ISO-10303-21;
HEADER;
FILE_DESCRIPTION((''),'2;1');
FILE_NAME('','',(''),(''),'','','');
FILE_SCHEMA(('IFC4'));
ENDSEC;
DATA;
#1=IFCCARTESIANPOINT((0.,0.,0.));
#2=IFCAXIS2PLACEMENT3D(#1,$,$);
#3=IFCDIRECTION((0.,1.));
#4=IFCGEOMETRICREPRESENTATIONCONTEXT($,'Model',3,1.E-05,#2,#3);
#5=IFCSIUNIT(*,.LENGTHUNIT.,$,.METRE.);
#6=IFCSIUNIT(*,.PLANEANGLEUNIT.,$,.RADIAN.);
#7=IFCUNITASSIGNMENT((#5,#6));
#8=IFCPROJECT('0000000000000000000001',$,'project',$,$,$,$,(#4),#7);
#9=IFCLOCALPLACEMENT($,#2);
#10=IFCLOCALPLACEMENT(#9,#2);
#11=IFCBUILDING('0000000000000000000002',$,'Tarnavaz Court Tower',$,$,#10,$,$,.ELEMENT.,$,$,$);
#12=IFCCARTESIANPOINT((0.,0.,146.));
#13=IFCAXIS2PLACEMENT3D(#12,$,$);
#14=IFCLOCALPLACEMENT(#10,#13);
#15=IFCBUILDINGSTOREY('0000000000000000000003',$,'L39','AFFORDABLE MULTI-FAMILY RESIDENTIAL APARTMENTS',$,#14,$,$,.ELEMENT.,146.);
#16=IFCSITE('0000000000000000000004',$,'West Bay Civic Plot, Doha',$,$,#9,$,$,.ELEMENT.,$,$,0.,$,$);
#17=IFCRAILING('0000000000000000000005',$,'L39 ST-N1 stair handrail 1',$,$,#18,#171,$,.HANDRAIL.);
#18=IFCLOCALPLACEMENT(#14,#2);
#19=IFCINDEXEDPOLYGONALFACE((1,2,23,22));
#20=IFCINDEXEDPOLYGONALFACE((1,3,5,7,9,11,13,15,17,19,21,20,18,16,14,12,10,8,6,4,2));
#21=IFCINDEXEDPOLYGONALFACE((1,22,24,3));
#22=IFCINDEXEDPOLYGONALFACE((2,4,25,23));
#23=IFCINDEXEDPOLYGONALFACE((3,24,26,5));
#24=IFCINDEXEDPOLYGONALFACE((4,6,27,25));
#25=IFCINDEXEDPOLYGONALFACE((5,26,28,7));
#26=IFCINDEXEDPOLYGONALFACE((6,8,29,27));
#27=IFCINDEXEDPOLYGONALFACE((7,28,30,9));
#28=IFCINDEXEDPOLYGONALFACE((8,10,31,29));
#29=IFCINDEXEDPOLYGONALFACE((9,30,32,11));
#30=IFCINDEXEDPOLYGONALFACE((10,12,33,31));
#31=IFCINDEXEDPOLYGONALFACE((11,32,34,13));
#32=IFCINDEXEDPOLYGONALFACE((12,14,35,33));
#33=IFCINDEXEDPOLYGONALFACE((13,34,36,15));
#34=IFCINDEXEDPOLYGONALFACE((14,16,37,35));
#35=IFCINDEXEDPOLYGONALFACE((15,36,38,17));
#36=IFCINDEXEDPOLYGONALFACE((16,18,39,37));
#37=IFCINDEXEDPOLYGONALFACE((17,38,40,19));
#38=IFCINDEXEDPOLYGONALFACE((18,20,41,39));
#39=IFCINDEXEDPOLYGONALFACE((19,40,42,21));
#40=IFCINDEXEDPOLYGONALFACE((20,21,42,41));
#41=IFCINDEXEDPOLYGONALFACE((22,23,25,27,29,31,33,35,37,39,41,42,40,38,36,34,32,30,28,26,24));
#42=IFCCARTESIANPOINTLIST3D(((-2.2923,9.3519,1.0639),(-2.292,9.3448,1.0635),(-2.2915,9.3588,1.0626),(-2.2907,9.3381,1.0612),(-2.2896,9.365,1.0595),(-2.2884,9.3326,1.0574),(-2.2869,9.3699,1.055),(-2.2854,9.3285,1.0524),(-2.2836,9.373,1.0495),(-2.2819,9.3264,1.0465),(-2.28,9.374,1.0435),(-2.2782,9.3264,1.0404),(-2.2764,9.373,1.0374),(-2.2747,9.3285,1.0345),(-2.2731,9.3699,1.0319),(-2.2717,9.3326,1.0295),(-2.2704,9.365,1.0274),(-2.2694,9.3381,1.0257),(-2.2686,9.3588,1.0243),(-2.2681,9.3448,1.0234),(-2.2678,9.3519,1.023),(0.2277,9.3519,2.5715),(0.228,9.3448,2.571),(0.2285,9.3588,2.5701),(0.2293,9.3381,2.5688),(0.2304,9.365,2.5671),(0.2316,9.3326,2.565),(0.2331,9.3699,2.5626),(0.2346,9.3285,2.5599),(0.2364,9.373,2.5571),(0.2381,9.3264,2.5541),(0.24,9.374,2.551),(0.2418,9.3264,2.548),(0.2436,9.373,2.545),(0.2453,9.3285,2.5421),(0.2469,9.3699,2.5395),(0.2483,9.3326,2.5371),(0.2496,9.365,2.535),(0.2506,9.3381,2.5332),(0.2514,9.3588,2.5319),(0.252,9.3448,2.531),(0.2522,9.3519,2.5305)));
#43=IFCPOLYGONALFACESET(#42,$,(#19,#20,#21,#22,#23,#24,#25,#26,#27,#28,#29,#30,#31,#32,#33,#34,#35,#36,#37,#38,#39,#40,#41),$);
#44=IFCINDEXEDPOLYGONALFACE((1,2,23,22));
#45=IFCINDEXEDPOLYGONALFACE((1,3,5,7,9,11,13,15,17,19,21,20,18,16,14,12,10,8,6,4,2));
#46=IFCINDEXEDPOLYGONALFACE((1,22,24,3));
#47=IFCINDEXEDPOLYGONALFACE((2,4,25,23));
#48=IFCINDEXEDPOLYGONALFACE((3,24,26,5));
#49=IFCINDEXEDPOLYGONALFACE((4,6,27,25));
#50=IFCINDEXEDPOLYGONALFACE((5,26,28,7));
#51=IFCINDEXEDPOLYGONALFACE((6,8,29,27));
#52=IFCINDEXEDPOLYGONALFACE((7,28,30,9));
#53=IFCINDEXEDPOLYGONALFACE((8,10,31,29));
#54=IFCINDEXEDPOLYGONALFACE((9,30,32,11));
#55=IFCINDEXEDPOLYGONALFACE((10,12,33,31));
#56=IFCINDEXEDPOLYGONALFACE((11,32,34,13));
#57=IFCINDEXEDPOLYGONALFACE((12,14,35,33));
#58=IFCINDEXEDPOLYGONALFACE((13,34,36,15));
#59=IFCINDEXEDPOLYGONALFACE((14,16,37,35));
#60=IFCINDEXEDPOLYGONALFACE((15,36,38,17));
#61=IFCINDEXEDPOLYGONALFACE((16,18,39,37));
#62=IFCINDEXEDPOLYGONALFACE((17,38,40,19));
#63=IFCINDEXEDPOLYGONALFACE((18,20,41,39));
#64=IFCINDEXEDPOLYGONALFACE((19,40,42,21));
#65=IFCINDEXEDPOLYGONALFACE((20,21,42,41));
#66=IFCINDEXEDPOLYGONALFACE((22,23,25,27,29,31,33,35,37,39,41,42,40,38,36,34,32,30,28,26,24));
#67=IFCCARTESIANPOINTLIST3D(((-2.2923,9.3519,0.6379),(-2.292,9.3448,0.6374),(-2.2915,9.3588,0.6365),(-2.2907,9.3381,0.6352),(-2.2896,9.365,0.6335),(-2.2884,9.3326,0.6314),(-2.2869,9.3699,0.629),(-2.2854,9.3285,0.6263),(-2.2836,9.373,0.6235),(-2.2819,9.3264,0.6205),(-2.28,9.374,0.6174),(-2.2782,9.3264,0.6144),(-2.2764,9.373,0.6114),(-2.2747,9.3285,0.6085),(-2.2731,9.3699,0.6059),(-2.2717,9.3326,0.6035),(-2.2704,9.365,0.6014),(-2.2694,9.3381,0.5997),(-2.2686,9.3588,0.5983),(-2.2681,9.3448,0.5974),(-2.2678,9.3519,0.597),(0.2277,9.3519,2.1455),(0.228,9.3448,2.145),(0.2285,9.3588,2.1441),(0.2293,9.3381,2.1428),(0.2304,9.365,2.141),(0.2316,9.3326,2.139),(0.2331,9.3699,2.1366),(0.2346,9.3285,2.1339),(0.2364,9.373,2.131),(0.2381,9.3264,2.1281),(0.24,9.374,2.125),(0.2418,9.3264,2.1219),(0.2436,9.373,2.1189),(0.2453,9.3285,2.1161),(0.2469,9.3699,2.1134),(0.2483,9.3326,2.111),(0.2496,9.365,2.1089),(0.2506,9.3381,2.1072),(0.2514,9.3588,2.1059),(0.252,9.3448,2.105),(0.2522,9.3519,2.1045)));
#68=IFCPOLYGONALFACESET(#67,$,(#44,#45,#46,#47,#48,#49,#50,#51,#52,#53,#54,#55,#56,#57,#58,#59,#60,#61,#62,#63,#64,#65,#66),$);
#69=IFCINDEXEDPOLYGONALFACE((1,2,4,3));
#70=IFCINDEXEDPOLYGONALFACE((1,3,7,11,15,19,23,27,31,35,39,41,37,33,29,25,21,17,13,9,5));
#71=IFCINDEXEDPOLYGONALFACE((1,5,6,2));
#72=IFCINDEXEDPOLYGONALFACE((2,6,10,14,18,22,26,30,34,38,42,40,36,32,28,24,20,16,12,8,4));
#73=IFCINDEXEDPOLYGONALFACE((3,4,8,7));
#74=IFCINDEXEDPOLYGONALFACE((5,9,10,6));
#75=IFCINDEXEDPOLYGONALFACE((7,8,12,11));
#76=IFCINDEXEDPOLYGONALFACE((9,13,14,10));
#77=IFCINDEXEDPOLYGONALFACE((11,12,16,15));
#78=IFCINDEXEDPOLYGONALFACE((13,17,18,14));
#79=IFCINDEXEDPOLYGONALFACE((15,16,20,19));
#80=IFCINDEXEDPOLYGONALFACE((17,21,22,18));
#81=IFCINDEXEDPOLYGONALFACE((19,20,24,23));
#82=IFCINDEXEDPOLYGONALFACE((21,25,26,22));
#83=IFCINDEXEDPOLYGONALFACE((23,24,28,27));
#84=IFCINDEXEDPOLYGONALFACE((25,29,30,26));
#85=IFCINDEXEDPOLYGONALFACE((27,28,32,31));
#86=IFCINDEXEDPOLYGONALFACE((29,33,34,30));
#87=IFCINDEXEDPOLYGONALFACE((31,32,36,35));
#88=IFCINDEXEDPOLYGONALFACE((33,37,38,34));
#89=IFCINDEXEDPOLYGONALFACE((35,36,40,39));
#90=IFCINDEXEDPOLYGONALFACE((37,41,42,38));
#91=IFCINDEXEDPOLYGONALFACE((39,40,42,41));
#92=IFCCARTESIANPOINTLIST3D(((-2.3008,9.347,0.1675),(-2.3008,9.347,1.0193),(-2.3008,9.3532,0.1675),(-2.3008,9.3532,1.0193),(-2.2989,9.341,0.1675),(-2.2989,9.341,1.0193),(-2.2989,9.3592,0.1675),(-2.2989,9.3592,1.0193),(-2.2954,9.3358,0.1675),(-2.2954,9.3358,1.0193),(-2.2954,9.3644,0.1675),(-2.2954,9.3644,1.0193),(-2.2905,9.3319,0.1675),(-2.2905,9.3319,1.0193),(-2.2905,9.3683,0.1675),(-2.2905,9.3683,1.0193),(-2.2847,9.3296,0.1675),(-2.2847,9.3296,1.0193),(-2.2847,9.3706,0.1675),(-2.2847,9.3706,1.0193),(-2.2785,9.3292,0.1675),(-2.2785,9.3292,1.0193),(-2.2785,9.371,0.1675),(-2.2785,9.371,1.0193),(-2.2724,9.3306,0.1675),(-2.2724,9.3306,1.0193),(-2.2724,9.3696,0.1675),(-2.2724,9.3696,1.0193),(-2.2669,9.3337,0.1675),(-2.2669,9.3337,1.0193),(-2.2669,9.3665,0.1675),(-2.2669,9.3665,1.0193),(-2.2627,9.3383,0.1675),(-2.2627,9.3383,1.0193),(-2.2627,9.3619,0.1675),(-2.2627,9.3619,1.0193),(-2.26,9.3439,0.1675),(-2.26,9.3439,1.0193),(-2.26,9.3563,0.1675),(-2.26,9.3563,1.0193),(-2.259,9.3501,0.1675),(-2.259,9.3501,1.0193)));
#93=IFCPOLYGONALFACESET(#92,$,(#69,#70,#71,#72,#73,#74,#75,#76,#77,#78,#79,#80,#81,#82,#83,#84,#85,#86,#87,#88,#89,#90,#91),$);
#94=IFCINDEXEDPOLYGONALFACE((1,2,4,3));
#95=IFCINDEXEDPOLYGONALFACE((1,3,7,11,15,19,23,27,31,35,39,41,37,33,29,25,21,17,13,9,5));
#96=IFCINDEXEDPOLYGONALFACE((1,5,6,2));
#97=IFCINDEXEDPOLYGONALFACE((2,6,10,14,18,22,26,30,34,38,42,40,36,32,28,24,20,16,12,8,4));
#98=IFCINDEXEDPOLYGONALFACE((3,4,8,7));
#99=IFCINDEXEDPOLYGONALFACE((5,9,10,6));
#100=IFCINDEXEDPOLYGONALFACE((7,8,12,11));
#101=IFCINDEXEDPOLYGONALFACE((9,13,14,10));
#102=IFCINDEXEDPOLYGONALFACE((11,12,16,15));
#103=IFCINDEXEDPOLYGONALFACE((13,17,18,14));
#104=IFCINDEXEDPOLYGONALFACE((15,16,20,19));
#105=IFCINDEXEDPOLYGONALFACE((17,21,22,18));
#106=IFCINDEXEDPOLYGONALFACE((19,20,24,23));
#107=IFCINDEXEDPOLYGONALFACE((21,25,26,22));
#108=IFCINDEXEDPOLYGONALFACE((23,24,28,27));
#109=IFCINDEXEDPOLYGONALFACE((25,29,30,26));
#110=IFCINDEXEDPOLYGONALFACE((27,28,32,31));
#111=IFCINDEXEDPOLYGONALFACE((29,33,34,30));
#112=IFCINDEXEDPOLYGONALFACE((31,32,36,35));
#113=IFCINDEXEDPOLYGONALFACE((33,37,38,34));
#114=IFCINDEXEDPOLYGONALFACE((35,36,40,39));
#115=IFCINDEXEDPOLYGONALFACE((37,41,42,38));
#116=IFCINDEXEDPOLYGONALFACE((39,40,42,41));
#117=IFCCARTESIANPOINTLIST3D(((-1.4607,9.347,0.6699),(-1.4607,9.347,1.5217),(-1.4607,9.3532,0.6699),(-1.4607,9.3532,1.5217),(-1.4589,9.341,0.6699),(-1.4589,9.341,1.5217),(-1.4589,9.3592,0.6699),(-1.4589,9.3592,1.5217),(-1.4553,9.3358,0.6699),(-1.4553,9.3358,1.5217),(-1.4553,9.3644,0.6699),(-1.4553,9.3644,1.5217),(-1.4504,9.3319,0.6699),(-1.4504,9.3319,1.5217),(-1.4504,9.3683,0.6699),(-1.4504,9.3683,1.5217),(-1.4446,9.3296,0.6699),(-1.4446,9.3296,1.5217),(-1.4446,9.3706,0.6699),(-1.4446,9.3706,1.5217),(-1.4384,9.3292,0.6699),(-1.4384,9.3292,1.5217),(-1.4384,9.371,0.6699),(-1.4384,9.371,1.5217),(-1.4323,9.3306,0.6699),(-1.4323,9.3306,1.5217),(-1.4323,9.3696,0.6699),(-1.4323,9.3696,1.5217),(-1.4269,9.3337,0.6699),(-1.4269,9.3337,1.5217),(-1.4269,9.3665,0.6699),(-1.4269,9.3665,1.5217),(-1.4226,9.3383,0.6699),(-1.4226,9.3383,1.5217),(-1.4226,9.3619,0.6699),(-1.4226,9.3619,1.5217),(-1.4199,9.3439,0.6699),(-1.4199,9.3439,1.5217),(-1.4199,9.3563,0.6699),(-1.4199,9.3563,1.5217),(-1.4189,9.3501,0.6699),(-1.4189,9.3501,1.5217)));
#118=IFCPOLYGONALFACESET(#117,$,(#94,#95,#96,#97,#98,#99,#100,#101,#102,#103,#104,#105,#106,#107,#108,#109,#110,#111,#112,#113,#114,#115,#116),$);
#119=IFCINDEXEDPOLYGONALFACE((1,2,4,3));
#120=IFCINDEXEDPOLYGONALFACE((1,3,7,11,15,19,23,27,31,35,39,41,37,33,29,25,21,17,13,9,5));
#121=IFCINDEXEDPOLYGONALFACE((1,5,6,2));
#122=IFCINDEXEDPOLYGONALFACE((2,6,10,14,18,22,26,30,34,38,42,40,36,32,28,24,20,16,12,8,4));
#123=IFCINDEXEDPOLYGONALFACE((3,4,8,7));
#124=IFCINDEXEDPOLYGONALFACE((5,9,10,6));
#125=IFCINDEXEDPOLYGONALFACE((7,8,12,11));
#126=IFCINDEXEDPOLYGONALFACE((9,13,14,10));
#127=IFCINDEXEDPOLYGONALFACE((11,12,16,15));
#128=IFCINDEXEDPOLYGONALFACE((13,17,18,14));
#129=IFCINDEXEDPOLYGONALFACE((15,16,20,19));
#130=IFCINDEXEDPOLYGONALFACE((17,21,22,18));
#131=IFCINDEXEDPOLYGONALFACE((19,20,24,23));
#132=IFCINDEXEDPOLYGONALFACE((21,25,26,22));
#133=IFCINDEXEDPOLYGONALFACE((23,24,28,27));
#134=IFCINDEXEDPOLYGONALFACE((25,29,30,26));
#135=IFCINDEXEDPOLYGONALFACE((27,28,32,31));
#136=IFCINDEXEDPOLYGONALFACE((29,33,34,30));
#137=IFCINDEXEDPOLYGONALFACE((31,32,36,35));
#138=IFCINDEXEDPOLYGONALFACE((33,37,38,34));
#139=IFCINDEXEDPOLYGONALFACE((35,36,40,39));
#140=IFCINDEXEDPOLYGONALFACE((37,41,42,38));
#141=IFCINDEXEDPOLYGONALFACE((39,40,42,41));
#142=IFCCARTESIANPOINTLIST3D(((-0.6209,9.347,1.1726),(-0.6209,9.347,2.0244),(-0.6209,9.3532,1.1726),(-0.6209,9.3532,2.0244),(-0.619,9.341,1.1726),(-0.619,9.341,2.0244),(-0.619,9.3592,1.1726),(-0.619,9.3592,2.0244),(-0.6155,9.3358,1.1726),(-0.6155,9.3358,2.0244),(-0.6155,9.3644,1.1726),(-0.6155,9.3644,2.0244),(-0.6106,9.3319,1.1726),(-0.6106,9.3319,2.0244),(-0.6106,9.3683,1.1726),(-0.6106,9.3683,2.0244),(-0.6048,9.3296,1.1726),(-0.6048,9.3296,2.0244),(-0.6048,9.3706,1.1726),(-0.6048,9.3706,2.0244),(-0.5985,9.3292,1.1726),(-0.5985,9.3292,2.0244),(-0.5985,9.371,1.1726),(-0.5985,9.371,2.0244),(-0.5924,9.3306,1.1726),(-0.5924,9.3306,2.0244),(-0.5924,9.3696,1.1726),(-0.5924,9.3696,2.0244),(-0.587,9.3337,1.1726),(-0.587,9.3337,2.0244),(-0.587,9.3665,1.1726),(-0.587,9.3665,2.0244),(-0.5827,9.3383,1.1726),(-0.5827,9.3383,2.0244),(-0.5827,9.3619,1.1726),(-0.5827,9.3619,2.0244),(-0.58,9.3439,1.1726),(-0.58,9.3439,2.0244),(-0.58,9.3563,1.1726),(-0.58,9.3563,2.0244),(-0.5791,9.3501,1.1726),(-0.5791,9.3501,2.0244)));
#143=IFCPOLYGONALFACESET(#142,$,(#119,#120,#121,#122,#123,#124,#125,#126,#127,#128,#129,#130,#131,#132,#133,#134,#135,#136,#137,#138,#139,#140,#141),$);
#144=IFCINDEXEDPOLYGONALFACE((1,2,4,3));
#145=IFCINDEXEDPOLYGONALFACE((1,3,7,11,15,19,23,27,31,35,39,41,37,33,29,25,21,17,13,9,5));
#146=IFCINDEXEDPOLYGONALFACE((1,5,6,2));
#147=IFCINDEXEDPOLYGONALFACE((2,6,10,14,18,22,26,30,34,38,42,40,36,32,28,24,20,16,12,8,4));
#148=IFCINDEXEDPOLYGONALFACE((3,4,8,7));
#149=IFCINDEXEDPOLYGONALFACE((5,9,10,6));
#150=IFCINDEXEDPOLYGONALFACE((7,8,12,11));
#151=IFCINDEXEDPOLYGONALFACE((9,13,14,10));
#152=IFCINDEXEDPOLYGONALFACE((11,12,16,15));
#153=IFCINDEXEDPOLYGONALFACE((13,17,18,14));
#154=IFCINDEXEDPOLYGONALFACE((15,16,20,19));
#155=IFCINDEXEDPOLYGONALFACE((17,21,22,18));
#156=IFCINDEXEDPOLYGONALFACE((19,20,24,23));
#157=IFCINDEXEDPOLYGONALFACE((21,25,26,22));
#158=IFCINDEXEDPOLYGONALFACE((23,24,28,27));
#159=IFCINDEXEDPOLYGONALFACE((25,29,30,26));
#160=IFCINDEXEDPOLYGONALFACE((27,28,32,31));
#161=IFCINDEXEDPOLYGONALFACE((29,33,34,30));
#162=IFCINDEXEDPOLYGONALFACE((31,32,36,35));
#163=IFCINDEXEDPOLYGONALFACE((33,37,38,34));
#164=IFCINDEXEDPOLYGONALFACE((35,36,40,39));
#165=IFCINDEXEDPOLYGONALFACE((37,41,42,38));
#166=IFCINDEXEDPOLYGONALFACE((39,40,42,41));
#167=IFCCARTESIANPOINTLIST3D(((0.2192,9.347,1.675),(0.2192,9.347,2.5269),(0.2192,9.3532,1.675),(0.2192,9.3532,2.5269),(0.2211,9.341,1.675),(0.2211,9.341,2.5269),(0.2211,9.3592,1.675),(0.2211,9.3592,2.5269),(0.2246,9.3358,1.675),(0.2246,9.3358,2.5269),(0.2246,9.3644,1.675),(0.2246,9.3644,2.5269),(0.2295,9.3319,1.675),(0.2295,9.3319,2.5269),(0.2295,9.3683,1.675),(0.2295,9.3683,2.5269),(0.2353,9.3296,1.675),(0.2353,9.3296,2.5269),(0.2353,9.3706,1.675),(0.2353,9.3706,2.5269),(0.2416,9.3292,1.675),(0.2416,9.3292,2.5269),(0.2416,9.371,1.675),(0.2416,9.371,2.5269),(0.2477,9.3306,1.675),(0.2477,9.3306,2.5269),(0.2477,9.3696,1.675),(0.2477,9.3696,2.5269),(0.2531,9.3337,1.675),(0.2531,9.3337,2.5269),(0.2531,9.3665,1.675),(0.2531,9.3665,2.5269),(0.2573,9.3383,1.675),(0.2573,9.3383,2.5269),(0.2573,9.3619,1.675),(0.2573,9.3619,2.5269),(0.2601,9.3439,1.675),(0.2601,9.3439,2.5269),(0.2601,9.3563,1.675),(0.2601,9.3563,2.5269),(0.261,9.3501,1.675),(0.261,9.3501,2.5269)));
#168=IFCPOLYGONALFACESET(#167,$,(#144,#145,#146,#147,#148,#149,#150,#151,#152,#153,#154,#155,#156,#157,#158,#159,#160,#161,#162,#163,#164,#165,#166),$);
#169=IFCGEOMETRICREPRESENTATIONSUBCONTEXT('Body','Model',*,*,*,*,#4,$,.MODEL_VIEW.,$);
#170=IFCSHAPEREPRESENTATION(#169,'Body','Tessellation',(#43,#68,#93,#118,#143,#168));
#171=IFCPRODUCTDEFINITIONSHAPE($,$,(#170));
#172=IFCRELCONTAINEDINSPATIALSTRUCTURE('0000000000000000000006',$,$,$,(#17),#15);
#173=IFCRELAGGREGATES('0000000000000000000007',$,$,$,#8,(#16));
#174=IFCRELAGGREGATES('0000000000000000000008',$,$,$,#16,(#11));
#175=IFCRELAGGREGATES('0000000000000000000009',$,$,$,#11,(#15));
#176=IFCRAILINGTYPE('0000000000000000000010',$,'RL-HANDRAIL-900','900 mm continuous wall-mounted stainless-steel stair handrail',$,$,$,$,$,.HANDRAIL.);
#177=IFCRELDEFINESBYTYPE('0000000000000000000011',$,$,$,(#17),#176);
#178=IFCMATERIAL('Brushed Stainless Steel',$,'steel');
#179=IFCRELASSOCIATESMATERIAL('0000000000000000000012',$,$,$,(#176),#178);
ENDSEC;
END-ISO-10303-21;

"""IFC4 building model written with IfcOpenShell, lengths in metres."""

from ifc_helpers import new_model, si_unit, direction, frame, origin, origin_2d, place, context, subcontext, project, spatial, circle, extrude, material, type_object, element, save


model = new_model("IFC4")

# Units and contexts
model_context = context("Model", 3, precision=1e-05, world=origin(), true_north=direction((0.0, 1.0)))
body_context = subcontext(model_context, "Body", "Model", "MODEL_VIEW")
ifc_project = project(units=[si_unit("LENGTHUNIT", "METRE"), si_unit("PLANEANGLEUNIT", "RADIAN")], contexts=[model_context])

# Site, building, storey
site_placement = place(None, origin())
site = spatial("IfcSite", under=ifc_project, at=site_placement, Name="West Bay Civic Plot, Doha", CompositionType="ELEMENT", RefElevation=0.0)
building_placement = place(site_placement, origin())
building = spatial("IfcBuilding", under=site, at=building_placement, Name="Tarnavaz Court Tower", CompositionType="ELEMENT")
storey_placement = place(building_placement, frame((0.0, 0.0, 146.0)))
storey = spatial("IfcBuildingStorey", under=building, at=storey_placement, Name="L39", Description="AFFORDABLE MULTI-FAMILY RESIDENTIAL APARTMENTS", CompositionType="ELEMENT", Elevation=146.0)

# Railing
ifc_material_1 = material(Name="Brushed Stainless Steel", Category="steel")
railing_type_1 = type_object("IfcRailingType", Name="RL-HANDRAIL-900", Description="900 mm continuous wall-mounted stainless-steel stair handrail", PredefinedType="HANDRAIL", material=ifc_material_1)
railing_1_placement = place(storey_placement, frame((-2.28, 9.3501, 0.1675)))
element("IfcRailing", 1, at=railing_1_placement, inside=storey, type_object=railing_type_1, Name="L39 ST-N1 stair handrail 1", PredefinedType="HANDRAIL", context=body_context, shape_type="SweptSolid", body=[
    extrude(circle(Radius=0.0239, at=origin_2d()), frame((0.0, 0.0, 0.876), z_axis=(0.85816, 0.0, 0.513383), x_axis=(0.0, 1.0, 0.0)), (0.0, 0.0, 1.0), 2.9365),
    extrude(circle(Radius=0.0239, at=origin_2d()), frame((0.0, 0.0, 0.45), z_axis=(0.85816, 0.0, 0.513383), x_axis=(0.0, 1.0, 0.0)), (0.0, 0.0, 1.0), 2.9365),
    extrude(circle(Radius=0.021, at=origin_2d()), origin(), (0.0, 0.0, 1.0), 0.8518),
    extrude(circle(Radius=0.021, at=origin_2d()), frame((0.8401, 0.0, 0.5024)), (0.0, 0.0, 1.0), 0.8518),
    extrude(circle(Radius=0.021, at=origin_2d()), frame((1.6799, 0.0, 1.0051)), (0.0, 0.0, 1.0), 0.8518),
    extrude(circle(Radius=0.021, at=origin_2d()), frame((2.52, 0.0, 1.5076)), (0.0, 0.0, 1.0), 0.8518),
])

save(model, "model.ifc")
